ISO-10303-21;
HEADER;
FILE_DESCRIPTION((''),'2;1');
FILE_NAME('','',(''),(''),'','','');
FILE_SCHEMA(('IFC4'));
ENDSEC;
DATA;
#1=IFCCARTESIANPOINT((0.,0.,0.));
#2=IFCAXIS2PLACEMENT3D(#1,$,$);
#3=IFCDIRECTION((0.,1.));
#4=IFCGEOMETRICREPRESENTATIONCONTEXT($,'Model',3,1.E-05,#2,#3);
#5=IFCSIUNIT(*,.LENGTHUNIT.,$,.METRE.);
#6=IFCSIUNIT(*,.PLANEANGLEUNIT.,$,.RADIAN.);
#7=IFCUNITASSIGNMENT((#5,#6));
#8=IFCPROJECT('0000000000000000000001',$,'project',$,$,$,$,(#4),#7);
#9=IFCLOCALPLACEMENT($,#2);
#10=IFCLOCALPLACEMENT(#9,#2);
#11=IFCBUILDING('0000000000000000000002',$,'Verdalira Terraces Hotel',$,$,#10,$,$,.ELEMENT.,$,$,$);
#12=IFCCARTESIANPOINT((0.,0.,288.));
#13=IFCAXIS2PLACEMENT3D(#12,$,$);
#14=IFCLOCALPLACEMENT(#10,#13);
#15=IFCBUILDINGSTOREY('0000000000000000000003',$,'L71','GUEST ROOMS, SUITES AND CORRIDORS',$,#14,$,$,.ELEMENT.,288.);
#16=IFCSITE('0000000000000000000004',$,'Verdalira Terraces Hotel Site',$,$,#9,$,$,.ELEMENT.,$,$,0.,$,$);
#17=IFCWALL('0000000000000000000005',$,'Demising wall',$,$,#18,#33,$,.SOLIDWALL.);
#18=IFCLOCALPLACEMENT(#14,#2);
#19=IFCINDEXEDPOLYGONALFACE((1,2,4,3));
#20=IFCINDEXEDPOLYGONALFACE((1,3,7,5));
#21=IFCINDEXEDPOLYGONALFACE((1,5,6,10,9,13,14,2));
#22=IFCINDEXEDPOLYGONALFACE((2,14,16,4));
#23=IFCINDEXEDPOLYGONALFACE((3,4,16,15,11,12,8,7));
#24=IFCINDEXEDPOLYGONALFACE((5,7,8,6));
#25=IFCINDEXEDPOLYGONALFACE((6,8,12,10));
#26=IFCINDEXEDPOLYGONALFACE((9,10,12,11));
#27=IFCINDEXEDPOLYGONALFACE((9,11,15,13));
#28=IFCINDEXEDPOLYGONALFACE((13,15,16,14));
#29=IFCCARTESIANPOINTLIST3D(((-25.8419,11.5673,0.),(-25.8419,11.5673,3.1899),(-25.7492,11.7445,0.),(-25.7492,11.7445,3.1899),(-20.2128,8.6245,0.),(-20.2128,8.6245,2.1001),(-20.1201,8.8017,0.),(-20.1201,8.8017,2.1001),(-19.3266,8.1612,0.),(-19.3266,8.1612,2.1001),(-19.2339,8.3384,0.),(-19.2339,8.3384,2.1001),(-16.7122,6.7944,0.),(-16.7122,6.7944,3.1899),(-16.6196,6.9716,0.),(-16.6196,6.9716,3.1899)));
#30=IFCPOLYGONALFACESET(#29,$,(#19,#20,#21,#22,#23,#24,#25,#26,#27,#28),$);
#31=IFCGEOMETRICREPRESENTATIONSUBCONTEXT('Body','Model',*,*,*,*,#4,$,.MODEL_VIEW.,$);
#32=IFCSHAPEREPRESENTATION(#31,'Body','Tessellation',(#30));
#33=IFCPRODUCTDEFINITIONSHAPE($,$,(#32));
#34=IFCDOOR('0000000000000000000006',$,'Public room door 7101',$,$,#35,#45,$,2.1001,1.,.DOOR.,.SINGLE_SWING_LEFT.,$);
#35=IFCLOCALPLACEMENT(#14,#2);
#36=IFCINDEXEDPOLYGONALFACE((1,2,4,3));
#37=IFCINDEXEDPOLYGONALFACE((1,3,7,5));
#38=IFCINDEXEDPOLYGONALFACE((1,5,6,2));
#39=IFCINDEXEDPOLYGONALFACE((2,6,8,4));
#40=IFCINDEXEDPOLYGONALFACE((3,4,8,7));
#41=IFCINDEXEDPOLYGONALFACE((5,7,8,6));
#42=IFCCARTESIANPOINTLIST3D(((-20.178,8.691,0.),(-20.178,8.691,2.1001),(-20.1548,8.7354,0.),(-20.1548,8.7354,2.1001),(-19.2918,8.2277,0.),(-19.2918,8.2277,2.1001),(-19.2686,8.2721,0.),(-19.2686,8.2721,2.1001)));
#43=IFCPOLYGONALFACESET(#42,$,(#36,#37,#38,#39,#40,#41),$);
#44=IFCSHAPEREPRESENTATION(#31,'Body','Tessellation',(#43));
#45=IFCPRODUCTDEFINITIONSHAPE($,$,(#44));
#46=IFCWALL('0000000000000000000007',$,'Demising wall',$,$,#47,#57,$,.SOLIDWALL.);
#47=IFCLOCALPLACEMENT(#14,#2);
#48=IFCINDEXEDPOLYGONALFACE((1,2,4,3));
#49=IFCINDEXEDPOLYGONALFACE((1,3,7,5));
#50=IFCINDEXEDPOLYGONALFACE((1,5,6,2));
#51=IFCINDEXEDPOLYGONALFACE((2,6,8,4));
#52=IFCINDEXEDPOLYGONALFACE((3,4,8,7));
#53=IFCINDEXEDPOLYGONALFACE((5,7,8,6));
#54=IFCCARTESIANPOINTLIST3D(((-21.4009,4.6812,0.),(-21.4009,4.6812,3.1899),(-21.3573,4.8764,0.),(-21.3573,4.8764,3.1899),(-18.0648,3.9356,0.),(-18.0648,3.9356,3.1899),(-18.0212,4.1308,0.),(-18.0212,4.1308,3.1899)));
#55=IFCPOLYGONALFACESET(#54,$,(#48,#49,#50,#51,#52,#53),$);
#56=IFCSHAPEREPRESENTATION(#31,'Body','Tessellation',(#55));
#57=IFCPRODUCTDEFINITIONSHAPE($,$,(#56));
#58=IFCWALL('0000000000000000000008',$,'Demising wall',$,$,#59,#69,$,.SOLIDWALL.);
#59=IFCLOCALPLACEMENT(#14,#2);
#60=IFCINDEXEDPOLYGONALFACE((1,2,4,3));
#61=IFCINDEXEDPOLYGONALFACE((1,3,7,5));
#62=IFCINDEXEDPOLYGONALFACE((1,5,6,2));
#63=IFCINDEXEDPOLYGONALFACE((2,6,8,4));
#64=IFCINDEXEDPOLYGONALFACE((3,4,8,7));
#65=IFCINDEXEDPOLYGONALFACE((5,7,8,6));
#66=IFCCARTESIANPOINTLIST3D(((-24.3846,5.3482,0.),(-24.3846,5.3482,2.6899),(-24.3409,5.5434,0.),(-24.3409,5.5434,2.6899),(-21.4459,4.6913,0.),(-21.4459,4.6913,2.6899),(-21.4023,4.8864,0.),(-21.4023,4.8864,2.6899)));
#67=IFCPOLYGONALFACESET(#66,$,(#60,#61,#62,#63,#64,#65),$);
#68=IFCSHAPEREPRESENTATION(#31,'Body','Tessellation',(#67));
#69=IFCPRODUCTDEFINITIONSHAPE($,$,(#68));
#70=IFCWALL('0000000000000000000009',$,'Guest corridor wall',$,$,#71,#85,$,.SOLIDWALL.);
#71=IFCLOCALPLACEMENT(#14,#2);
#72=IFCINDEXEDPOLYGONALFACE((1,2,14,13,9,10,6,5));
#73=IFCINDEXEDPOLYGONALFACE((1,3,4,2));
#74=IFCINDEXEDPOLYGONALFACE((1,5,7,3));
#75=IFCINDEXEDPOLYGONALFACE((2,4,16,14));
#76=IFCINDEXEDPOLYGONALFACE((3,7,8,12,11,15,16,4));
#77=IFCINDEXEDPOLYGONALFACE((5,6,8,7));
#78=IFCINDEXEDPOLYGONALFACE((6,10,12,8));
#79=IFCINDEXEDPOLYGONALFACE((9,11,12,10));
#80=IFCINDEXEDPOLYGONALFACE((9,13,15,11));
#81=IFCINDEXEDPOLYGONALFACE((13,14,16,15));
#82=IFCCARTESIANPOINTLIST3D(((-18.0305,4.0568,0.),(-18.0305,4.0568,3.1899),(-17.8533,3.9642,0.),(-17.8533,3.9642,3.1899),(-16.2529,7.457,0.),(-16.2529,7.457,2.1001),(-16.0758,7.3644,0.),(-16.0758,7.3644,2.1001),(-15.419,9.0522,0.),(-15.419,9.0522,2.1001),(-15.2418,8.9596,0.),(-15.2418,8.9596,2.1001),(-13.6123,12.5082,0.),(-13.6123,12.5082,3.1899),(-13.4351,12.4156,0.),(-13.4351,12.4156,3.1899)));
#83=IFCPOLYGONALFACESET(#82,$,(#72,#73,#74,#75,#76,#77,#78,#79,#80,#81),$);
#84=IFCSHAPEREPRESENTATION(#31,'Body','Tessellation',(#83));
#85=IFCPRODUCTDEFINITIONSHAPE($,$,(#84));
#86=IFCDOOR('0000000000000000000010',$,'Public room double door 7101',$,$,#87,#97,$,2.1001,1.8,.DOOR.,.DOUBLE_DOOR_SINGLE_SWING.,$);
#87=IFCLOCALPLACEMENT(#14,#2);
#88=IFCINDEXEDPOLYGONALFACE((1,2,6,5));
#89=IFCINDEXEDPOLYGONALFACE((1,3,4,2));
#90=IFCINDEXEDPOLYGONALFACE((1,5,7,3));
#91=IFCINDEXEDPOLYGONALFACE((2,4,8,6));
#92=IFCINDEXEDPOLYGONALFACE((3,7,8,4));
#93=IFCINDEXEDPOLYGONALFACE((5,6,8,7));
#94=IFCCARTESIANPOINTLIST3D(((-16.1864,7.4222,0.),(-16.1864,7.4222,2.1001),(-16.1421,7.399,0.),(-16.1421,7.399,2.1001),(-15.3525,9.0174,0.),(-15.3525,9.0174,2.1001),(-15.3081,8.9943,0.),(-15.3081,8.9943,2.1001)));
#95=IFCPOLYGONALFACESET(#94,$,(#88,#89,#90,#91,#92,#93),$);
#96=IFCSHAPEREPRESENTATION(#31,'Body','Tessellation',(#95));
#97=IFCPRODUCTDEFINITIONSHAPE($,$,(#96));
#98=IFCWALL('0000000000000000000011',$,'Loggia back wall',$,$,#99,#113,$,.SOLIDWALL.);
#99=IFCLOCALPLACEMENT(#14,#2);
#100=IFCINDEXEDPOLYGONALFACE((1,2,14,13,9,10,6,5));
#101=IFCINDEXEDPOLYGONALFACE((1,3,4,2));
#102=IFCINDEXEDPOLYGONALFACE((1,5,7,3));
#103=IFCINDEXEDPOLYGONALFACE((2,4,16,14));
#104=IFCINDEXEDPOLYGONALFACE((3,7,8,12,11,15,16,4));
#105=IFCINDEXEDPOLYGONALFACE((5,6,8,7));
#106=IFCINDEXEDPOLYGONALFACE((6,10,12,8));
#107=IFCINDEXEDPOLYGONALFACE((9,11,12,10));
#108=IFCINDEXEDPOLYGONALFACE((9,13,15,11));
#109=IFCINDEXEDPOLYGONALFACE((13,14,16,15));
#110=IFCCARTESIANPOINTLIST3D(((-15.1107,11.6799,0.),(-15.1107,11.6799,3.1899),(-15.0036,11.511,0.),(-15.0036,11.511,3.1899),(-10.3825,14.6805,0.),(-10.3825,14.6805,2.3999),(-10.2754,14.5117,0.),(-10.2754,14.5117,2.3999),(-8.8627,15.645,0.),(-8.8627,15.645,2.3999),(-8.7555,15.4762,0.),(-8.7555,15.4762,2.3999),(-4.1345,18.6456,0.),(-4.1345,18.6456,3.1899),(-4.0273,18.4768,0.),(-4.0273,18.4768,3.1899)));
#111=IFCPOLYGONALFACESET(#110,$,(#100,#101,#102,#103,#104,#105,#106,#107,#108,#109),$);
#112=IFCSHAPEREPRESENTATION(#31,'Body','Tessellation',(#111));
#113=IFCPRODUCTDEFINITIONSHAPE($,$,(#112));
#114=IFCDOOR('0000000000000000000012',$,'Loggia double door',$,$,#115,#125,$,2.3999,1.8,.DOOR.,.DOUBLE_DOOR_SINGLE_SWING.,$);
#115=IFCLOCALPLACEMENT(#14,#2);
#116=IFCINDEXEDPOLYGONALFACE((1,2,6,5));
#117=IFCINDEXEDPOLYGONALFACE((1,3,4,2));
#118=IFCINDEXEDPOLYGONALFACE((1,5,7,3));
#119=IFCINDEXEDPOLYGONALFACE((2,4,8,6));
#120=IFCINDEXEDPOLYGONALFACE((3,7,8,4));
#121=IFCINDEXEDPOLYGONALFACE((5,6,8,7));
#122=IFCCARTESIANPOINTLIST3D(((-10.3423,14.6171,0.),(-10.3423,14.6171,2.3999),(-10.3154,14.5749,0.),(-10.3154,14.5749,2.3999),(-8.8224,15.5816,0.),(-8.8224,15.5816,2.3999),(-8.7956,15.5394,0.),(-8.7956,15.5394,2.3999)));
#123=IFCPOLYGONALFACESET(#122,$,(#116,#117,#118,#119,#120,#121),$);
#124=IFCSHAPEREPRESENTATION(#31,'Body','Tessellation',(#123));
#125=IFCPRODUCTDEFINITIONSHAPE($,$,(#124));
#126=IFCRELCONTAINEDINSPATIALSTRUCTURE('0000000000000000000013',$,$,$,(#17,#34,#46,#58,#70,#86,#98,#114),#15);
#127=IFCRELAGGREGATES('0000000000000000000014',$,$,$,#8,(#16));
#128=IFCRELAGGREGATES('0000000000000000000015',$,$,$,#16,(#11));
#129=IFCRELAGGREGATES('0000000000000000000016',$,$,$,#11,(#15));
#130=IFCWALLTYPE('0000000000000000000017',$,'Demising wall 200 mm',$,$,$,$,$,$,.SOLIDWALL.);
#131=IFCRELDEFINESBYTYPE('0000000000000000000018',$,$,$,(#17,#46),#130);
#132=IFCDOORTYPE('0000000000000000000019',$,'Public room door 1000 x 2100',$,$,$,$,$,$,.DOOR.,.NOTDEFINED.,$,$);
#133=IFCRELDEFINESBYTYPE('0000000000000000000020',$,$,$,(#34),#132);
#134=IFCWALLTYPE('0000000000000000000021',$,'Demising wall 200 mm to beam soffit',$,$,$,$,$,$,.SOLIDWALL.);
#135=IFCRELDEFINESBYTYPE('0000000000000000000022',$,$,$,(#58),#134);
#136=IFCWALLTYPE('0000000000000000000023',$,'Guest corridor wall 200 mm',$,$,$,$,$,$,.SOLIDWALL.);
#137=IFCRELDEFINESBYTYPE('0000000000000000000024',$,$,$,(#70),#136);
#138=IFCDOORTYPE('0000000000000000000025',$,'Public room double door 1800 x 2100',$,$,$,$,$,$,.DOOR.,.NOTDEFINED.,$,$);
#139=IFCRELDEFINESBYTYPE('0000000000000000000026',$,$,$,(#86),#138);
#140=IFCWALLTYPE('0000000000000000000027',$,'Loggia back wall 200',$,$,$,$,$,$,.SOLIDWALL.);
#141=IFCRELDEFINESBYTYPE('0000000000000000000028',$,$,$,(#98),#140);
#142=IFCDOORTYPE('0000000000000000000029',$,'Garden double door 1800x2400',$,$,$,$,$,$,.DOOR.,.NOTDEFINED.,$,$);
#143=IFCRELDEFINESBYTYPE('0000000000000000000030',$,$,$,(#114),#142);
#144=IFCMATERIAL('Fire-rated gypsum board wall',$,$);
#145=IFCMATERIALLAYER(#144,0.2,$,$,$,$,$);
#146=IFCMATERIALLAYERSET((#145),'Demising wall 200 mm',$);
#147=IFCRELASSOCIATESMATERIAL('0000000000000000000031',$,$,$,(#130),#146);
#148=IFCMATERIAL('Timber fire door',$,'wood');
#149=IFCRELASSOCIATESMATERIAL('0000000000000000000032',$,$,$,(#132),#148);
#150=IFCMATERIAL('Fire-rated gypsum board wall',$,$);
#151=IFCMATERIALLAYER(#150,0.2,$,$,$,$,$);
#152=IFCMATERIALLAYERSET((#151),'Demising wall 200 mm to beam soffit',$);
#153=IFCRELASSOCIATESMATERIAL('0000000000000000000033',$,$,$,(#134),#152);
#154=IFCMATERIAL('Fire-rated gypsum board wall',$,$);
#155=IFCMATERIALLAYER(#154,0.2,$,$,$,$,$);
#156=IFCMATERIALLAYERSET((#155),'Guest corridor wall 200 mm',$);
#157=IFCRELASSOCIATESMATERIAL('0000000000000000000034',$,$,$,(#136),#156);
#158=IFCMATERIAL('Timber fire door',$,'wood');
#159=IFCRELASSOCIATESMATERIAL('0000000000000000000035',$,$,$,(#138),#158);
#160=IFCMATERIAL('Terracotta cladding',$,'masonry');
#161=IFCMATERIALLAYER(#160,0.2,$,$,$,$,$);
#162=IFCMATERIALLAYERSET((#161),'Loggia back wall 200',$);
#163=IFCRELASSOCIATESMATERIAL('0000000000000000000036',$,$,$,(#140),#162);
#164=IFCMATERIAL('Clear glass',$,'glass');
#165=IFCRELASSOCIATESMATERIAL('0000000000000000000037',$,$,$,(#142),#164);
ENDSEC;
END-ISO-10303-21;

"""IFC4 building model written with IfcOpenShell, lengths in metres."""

from ifc_helpers import new_model, si_unit, direction, frame, frame_2d, origin, place, context, subcontext, project, spatial, rectangle, extrude, material, layer, layer_set, type_object, element, fill, save


model = new_model("IFC4")

# Units and contexts
model_context = context("Model", 3, precision=1e-05, world=origin(), true_north=direction((0.0, 1.0)))
body_context = subcontext(model_context, "Body", "Model", "MODEL_VIEW")
ifc_project = project(units=[si_unit("LENGTHUNIT", "METRE"), si_unit("PLANEANGLEUNIT", "RADIAN")], contexts=[model_context])

# Site, building, storey
site_placement = place(None, origin())
site = spatial("IfcSite", under=ifc_project, at=site_placement, Name="Verdalira Terraces Hotel Site", CompositionType="ELEMENT", RefElevation=0.0)
building_placement = place(site_placement, origin())
building = spatial("IfcBuilding", under=site, at=building_placement, Name="Verdalira Terraces Hotel", CompositionType="ELEMENT")
storey_placement = place(building_placement, frame((0.0, 0.0, 288.0)))
storey = spatial("IfcBuildingStorey", under=building, at=storey_placement, Name="L71", Description="GUEST ROOMS, SUITES AND CORRIDORS", CompositionType="ELEMENT", Elevation=288.0)

# Wall, opening, door
ifc_material_1 = material(Name="Fire-rated gypsum board wall")
ifc_layer_1 = layer(ifc_material_1, 0.2)
ifc_layer_set_1 = layer_set([ifc_layer_1], Name="Demising wall 200 mm")
wall_type_1 = type_object("IfcWallType", Name="Demising wall 200 mm", PredefinedType="SOLIDWALL", material=ifc_layer_set_1)
wall_1_placement = place(storey_placement, frame((-16.666, 6.8831, 0.0), z_axis=(0.0, 0.0, 1.0), x_axis=(-0.8862, 0.463303, 0.0)))
wall_1 = element("IfcWall", 1, at=wall_1_placement, inside=storey, type_object=wall_type_1, Name="Demising wall", PredefinedType="SOLIDWALL", context=body_context, shape_type="SweptSolid", body=[
    extrude(rectangle(XDim=10.302, YDim=0.2, at=frame_2d((5.1509, 0.0))), origin(), (0.0, 0.0, 1.0), 3.1899),
])
opening_1_placement = place(wall_1_placement, frame((2.95, 0.0, 0.0)))
opening_1 = element("IfcOpeningElement", 2, at=opening_1_placement, cuts=wall_1, PredefinedType="OPENING", context=body_context, shape_type="SweptSolid", body=[
    extrude(rectangle(XDim=1.0, YDim=2.1001, at=frame_2d((0.5, 1.05))), frame((0.0, 0.1099, 0.0), z_axis=(0.0, -1.0, 0.0), x_axis=(1.0, 0.0, 0.0)), (0.0, 0.0, 1.0), 0.22),
])
ifc_material_2 = material(Name="Timber fire door", Category="wood")
door_type_1 = type_object("IfcDoorType", Name="Public room door 1000 x 2100", OperationType="NOTDEFINED", PredefinedType="DOOR", material=ifc_material_2)
door_1_placement = place(opening_1_placement, origin())
door_1 = element("IfcDoor", 3, at=door_1_placement, inside=storey, type_object=door_type_1, Name="Public room door 7101", OperationType="SINGLE_SWING_LEFT", OverallHeight=2.1001, OverallWidth=1.0, PredefinedType="DOOR", context=body_context, shape_type="SweptSolid", body=[
    extrude(rectangle(XDim=1.0, YDim=2.1001, at=frame_2d((0.5, 1.05))), frame((0.0, 0.0249, 0.0), z_axis=(0.0, -1.0, 0.0), x_axis=(1.0, 0.0, 0.0)), (0.0, 0.0, 1.0), 0.05),
])
fill(opening_1, door_1)

# Walls
wall_2_placement = place(storey_placement, frame((-18.043, 4.0332, 0.0), z_axis=(0.0, 0.0, 1.0), x_axis=(-0.975924, 0.21811, 0.0)))
element("IfcWall", 4, at=wall_2_placement, inside=storey, type_object=wall_type_1, Name="Demising wall", PredefinedType="SOLIDWALL", context=body_context, shape_type="SweptSolid", body=[
    extrude(rectangle(XDim=3.4185, YDim=0.2, at=frame_2d((1.7092, 0.0))), origin(), (0.0, 0.0, 1.0), 3.1899),
])
ifc_material_3 = material(Name="Fire-rated gypsum board wall")
ifc_layer_2 = layer(ifc_material_3, 0.2)
ifc_layer_set_2 = layer_set([ifc_layer_2], Name="Demising wall 200 mm to beam soffit")
wall_type_2 = type_object("IfcWallType", Name="Demising wall 200 mm to beam soffit", PredefinedType="SOLIDWALL", material=ifc_layer_set_2)
wall_3_placement = place(storey_placement, frame((-21.4241, 4.7888, 0.0), z_axis=(0.0, 0.0, 1.0), x_axis=(-0.97591, 0.218175, 0.0)))
element("IfcWall", 5, at=wall_3_placement, inside=storey, type_object=wall_type_2, Name="Demising wall", PredefinedType="SOLIDWALL", context=body_context, shape_type="SweptSolid", body=[
    extrude(rectangle(XDim=3.0112, YDim=0.2, at=frame_2d((1.5056, 0.0))), origin(), (0.0, 0.0, 1.0), 2.6899),
])

# Walls, openings, doors
ifc_material_4 = material(Name="Fire-rated gypsum board wall")
ifc_layer_3 = layer(ifc_material_4, 0.2)
ifc_layer_set_3 = layer_set([ifc_layer_3], Name="Guest corridor wall 200 mm")
wall_type_3 = type_object("IfcWallType", Name="Guest corridor wall 200 mm", PredefinedType="SOLIDWALL", material=ifc_layer_set_3)
wall_4_placement = place(storey_placement, frame((-17.9419, 4.0105, 0.0), z_axis=(0.0, 0.0, 1.0), x_axis=(0.463289, 0.886207, 0.0)))
wall_4 = element("IfcWall", 6, at=wall_4_placement, inside=storey, type_object=wall_type_3, Name="Guest corridor wall", PredefinedType="SOLIDWALL", context=body_context, shape_type="SweptSolid", body=[
    extrude(rectangle(XDim=9.5366, YDim=0.2, at=frame_2d((4.7683, 0.0))), origin(), (0.0, 0.0, 1.0), 3.1899),
])
opening_2_placement = place(wall_4_placement, frame((3.8369, 0.0, 0.0)))
opening_2 = element("IfcOpeningElement", 7, at=opening_2_placement, cuts=wall_4, PredefinedType="OPENING", context=body_context, shape_type="SweptSolid", body=[
    extrude(rectangle(XDim=1.8, YDim=2.1001, at=frame_2d((0.8999, 1.05))), frame((0.0, 0.1099, 0.0), z_axis=(0.0, -1.0, 0.0), x_axis=(1.0, 0.0, 0.0)), (0.0, 0.0, 1.0), 0.22),
])
ifc_material_5 = material(Name="Timber fire door", Category="wood")
door_type_2 = type_object("IfcDoorType", Name="Public room double door 1800 x 2100", OperationType="NOTDEFINED", PredefinedType="DOOR", material=ifc_material_5)
door_2_placement = place(opening_2_placement, origin())
door_2 = element("IfcDoor", 8, at=door_2_placement, inside=storey, type_object=door_type_2, Name="Public room double door 7101", OperationType="DOUBLE_DOOR_SINGLE_SWING", OverallHeight=2.1001, OverallWidth=1.8, PredefinedType="DOOR", context=body_context, shape_type="SweptSolid", body=[
    extrude(rectangle(XDim=1.8, YDim=2.1001, at=frame_2d((0.8999, 1.05))), frame((0.0, 0.0249, 0.0), z_axis=(0.0, -1.0, 0.0), x_axis=(1.0, 0.0, 0.0)), (0.0, 0.0, 1.0), 0.05),
])
fill(opening_2, door_2)
ifc_material_6 = material(Name="Terracotta cladding", Category="masonry")
ifc_layer_4 = layer(ifc_material_6, 0.2)
ifc_layer_set_4 = layer_set([ifc_layer_4], Name="Loggia back wall 200")
wall_type_4 = type_object("IfcWallType", Name="Loggia back wall 200", PredefinedType="SOLIDWALL", material=ifc_layer_set_4)
wall_5_placement = place(storey_placement, frame((-15.0571, 11.5955, 0.0), z_axis=(0.0, 0.0, 1.0), x_axis=(0.844327, 0.535829, 0.0)))
wall_5 = element("IfcWall", 9, at=wall_5_placement, inside=storey, type_object=wall_type_4, Name="Loggia back wall", PredefinedType="SOLIDWALL", context=body_context, shape_type="SweptSolid", body=[
    extrude(rectangle(XDim=13.0, YDim=0.2, at=frame_2d((6.5, 0.0))), origin(), (0.0, 0.0, 1.0), 3.1899),
])
opening_3_placement = place(wall_5_placement, frame((5.6001, 0.0, 0.0)))
opening_3 = element("IfcOpeningElement", 10, at=opening_3_placement, cuts=wall_5, PredefinedType="OPENING", context=body_context, shape_type="SweptSolid", body=[
    extrude(rectangle(XDim=1.8, YDim=2.3999, at=frame_2d((0.8999, 1.2))), frame((0.0, 0.1099, 0.0), z_axis=(0.0, -1.0, 0.0), x_axis=(1.0, 0.0, 0.0)), (0.0, 0.0, 1.0), 0.22),
])
ifc_material_7 = material(Name="Clear glass", Category="glass")
door_type_3 = type_object("IfcDoorType", Name="Garden double door 1800x2400", OperationType="NOTDEFINED", PredefinedType="DOOR", material=ifc_material_7)
door_3_placement = place(opening_3_placement, origin())
door_3 = element("IfcDoor", 11, at=door_3_placement, inside=storey, type_object=door_type_3, Name="Loggia double door", OperationType="DOUBLE_DOOR_SINGLE_SWING", OverallHeight=2.3999, OverallWidth=1.8, PredefinedType="DOOR", context=body_context, shape_type="SweptSolid", body=[
    extrude(rectangle(XDim=1.8, YDim=2.3999, at=frame_2d((0.8999, 1.2))), frame((0.0, 0.0249, 0.0), z_axis=(0.0, -1.0, 0.0), x_axis=(1.0, 0.0, 0.0)), (0.0, 0.0, 1.0), 0.05),
])
fill(opening_3, door_3)

save(model, "model.ifc")
